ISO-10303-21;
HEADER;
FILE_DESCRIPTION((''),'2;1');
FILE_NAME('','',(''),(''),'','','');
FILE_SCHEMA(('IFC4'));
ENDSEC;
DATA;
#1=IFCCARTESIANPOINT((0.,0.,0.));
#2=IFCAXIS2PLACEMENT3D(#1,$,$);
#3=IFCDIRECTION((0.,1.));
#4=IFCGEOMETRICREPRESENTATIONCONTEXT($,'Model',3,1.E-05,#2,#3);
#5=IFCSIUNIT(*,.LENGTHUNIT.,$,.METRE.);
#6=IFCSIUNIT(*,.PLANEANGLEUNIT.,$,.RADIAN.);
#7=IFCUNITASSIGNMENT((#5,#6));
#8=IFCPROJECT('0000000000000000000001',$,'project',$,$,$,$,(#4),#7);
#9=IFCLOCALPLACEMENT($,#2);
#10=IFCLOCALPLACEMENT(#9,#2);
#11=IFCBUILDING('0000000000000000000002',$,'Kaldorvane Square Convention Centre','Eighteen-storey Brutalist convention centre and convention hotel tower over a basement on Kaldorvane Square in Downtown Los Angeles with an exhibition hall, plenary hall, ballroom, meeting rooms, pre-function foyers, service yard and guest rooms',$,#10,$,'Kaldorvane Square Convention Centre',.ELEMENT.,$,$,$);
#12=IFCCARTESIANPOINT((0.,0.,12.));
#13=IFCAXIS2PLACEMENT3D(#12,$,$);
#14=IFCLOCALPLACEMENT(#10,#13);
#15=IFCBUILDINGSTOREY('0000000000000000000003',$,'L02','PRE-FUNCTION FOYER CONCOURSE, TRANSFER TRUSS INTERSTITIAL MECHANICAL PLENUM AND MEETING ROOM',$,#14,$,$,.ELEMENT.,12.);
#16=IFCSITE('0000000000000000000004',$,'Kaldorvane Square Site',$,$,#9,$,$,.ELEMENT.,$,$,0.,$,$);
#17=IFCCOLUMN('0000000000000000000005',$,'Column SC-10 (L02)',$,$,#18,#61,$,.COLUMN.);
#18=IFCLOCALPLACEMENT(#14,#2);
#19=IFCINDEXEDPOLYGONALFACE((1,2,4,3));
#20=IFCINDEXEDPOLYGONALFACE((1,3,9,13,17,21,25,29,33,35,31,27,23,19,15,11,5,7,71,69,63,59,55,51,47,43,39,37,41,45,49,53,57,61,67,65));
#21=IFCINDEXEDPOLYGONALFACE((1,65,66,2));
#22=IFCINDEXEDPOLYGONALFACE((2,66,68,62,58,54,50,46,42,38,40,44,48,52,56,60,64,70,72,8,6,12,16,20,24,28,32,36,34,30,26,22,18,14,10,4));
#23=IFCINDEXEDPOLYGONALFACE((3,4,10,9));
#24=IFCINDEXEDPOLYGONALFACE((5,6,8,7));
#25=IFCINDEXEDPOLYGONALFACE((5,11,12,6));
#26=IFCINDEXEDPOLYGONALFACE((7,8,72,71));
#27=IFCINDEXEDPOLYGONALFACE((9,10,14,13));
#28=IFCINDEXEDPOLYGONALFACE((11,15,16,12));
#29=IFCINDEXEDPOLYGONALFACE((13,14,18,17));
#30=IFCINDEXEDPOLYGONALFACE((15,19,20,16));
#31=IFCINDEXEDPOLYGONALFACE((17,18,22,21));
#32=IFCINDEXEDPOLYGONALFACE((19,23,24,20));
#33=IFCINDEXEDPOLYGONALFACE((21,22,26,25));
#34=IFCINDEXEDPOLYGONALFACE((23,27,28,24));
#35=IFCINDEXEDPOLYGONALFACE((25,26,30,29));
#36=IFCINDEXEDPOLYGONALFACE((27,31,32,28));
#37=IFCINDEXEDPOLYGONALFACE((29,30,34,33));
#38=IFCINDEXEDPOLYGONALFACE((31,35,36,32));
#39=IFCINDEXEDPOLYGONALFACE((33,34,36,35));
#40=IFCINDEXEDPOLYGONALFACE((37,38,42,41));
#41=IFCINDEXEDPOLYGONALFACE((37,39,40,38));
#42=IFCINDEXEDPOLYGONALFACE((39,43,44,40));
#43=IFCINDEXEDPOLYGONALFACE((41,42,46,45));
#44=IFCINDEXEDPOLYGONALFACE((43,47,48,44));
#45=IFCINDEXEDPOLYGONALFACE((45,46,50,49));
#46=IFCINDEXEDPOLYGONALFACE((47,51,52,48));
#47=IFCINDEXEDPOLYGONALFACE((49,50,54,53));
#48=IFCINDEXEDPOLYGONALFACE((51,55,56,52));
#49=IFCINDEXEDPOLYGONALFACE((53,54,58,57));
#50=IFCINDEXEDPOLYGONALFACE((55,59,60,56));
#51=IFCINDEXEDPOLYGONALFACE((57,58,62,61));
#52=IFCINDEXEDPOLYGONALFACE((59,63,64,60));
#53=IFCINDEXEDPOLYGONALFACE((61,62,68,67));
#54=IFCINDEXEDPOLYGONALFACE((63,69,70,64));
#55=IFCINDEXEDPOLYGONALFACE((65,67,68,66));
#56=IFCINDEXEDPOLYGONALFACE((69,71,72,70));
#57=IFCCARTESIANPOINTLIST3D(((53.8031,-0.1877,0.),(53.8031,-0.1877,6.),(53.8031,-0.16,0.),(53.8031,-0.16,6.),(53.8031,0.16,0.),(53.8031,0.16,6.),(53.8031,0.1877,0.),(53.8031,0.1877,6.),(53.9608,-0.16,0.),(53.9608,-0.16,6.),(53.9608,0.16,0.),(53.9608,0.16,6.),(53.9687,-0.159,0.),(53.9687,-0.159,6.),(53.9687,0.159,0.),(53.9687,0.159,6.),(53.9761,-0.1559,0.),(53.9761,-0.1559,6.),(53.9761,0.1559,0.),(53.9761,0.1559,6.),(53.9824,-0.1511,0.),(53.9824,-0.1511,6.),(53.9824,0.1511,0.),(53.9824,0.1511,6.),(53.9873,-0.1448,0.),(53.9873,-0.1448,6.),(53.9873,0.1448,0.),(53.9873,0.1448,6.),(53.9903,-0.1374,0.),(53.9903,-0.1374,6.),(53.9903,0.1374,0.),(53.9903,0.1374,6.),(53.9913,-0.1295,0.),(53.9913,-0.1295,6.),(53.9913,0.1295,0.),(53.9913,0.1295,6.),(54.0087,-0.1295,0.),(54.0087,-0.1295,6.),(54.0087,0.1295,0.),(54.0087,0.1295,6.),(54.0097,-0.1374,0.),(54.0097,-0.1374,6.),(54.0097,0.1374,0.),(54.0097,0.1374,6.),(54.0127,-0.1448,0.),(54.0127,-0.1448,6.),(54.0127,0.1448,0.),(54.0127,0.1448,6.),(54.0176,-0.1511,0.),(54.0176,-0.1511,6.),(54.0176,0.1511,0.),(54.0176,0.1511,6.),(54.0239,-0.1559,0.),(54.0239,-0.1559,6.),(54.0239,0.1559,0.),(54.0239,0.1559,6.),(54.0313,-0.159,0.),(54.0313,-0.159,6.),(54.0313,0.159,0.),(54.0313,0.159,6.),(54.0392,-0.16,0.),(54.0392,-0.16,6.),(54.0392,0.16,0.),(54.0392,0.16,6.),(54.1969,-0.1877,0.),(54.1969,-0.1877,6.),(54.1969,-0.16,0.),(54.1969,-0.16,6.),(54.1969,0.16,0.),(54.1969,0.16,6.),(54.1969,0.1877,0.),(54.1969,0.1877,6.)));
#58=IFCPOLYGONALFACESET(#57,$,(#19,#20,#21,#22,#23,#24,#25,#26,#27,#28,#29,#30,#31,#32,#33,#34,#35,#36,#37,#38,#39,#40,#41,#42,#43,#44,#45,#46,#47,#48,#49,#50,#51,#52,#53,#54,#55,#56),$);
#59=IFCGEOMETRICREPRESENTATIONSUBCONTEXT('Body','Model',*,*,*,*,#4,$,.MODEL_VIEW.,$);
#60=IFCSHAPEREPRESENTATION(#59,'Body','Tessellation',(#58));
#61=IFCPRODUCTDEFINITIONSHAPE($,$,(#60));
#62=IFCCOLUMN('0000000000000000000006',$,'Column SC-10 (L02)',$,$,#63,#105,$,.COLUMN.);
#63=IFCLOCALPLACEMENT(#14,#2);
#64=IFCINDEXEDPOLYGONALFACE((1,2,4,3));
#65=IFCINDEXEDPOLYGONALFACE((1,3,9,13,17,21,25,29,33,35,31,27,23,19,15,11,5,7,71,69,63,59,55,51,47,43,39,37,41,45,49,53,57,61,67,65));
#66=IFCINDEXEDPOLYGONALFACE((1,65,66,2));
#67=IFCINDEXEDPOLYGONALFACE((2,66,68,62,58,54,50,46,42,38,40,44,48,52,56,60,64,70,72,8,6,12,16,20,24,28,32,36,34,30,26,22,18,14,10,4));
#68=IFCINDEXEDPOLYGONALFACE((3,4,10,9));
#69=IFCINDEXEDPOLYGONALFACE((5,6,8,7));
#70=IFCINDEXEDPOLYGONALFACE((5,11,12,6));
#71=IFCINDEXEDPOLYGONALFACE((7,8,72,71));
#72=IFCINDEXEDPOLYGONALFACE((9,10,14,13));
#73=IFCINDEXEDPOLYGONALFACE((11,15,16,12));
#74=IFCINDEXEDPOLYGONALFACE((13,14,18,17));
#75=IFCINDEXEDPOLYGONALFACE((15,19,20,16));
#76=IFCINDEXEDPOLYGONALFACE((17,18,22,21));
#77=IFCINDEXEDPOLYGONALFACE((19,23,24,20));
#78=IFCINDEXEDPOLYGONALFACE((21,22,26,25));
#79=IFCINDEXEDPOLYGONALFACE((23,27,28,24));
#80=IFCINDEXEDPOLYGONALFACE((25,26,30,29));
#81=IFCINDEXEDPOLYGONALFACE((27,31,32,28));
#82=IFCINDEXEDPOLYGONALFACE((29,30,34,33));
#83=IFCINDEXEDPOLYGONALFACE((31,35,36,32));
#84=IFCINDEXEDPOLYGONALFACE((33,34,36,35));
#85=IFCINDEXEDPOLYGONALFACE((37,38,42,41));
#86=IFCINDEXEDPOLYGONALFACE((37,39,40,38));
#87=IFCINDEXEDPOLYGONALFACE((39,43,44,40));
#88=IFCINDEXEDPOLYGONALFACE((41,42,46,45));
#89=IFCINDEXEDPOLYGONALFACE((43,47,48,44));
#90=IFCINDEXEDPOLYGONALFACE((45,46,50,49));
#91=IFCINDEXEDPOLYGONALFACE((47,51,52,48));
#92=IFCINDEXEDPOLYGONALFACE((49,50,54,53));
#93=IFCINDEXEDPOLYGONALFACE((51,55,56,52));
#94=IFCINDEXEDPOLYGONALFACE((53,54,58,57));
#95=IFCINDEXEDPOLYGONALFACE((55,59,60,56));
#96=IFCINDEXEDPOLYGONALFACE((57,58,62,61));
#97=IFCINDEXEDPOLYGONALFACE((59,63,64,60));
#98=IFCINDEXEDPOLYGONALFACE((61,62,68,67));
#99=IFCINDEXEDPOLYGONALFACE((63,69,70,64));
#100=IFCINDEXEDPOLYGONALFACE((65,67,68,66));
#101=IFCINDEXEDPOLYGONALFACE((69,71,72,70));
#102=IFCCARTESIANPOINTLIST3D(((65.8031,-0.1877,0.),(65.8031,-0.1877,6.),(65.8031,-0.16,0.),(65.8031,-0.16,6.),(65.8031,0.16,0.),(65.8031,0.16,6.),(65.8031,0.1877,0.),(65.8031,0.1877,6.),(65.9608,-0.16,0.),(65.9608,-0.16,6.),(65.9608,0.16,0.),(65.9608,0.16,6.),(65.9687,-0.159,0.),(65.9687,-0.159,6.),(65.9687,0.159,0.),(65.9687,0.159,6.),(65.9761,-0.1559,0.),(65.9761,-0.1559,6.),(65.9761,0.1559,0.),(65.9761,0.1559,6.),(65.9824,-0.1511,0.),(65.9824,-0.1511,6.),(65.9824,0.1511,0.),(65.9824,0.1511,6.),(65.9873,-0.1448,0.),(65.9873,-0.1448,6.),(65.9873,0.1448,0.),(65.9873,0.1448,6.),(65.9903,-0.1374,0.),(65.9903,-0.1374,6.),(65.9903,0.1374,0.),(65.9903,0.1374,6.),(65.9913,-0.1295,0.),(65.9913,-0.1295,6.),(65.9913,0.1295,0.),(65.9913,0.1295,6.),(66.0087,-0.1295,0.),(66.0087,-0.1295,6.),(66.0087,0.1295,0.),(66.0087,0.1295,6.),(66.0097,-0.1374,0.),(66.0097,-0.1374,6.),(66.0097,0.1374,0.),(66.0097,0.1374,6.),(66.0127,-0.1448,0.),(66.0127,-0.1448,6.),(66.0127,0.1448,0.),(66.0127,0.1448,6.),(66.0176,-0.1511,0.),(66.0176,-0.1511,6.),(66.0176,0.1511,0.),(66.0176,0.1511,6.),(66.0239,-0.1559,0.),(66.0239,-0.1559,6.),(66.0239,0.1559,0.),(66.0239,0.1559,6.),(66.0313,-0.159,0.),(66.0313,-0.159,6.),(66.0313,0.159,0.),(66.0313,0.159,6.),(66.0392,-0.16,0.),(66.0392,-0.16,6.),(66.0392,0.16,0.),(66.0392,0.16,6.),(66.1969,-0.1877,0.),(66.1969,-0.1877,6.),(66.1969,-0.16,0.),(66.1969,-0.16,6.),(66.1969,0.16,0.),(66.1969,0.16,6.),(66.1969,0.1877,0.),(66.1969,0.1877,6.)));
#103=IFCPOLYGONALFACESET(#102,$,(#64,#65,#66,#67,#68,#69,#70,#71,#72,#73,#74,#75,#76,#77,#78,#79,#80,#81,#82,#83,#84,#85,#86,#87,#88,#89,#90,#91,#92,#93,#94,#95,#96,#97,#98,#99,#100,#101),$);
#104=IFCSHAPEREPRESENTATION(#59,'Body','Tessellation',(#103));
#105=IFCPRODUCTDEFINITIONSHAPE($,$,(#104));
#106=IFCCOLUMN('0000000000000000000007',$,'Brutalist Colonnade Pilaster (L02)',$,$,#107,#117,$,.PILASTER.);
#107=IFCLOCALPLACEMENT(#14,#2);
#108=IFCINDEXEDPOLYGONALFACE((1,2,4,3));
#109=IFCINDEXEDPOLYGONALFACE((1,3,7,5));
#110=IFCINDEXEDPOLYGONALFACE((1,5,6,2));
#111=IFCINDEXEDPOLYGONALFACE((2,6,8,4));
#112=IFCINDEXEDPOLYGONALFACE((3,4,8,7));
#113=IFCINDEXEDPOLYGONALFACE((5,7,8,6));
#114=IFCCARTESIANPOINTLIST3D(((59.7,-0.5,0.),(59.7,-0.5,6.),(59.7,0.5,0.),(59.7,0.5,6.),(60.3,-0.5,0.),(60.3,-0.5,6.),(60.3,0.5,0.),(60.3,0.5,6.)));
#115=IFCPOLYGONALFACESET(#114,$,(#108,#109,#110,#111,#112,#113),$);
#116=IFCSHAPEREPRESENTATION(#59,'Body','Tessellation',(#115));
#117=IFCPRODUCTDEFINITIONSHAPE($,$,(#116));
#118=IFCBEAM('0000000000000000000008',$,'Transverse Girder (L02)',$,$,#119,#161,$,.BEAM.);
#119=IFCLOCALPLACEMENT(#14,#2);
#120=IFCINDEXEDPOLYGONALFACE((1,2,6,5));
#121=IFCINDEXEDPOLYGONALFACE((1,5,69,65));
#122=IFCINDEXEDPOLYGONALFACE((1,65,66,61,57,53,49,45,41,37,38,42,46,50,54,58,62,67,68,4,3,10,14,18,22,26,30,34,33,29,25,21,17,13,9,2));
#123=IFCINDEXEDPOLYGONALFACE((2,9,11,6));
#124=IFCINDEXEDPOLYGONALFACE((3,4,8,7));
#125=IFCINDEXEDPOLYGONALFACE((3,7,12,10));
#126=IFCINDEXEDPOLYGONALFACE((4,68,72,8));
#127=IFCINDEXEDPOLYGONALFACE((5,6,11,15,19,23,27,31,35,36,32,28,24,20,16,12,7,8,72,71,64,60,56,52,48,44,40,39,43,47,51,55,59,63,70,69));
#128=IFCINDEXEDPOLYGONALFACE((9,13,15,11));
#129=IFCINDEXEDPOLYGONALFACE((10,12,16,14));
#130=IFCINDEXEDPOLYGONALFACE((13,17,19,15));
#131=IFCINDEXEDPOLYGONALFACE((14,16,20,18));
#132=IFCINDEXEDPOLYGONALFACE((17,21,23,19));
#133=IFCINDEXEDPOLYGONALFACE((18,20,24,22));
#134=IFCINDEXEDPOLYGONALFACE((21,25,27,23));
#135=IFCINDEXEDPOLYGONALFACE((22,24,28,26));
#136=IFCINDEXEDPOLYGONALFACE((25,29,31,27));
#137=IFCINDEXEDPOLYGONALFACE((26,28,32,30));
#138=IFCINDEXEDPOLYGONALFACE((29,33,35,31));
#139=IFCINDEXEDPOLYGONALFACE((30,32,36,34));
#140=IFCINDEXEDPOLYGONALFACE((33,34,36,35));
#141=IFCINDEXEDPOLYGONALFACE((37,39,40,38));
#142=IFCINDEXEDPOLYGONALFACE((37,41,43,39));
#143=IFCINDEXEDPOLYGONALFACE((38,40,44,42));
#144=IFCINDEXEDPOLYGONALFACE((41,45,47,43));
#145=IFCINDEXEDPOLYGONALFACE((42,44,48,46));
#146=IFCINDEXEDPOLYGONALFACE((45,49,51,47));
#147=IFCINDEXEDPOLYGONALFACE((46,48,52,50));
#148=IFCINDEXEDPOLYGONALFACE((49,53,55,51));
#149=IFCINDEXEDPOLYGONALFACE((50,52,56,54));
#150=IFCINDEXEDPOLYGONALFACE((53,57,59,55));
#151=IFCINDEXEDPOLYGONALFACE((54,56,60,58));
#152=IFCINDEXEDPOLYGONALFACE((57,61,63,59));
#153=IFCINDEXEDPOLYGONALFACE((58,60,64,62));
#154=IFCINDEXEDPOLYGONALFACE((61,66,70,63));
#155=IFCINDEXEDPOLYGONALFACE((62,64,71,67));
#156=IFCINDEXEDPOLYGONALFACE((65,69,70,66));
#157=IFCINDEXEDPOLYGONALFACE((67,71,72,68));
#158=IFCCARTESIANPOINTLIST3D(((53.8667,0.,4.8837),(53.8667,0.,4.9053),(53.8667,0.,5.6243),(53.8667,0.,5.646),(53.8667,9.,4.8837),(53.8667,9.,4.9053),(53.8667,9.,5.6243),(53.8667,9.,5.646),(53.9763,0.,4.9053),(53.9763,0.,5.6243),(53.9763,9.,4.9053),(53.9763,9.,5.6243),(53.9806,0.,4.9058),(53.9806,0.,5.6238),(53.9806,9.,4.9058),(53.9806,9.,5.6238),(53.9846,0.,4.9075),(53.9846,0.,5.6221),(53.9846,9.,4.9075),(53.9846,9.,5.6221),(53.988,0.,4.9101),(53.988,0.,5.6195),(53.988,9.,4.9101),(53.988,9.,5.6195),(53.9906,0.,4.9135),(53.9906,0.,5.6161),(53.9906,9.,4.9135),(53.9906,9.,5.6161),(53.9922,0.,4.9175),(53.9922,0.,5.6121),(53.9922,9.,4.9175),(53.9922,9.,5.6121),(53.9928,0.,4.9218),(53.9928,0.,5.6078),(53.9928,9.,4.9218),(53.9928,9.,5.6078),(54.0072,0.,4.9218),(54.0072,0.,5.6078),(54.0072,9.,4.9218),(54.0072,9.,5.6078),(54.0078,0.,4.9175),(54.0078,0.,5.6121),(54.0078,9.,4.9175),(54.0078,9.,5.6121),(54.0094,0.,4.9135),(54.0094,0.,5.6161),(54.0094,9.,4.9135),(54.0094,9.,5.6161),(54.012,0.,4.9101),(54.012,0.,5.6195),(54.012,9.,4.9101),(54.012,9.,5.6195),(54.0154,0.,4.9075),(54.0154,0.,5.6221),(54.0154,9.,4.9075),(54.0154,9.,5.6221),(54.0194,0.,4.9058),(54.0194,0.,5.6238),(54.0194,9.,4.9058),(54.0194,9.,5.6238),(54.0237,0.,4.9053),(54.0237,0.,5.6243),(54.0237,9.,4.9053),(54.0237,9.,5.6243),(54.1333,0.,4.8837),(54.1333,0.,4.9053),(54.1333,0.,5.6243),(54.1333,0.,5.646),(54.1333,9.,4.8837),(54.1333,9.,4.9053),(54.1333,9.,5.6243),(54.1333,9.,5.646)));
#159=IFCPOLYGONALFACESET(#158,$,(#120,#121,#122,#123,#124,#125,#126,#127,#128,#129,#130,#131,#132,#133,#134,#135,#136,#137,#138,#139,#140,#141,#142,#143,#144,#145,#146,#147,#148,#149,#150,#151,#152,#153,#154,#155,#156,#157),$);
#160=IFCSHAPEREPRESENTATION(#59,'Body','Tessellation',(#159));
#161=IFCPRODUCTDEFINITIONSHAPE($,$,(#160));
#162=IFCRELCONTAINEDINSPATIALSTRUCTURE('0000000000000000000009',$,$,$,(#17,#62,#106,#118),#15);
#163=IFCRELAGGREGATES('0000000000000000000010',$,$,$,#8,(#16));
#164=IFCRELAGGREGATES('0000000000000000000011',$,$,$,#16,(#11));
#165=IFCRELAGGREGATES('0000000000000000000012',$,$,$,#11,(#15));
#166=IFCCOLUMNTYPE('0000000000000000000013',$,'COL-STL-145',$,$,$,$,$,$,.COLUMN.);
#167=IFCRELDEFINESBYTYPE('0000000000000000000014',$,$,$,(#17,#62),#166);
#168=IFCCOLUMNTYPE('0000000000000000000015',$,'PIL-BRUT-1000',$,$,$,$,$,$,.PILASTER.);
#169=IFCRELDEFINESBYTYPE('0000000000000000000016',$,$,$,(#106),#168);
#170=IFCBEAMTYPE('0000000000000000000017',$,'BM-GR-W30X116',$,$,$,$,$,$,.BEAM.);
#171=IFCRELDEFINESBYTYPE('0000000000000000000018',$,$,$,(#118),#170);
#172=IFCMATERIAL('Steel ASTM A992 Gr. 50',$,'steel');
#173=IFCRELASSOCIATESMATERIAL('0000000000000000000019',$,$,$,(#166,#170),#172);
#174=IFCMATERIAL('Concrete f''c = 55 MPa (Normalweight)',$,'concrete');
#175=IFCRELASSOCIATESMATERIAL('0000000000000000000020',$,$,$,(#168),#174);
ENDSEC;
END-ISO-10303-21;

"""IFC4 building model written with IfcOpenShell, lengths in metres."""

from ifc_helpers import new_model, si_unit, direction, frame, origin, origin_2d, place, context, subcontext, project, spatial, rectangle, i_section, extrude, material, material_profile, profile_set, type_object, element, save


model = new_model("IFC4")

# Units and contexts
model_context = context("Model", 3, precision=1e-05, world=origin(), true_north=direction((0.0, 1.0)))
body_context = subcontext(model_context, "Body", "Model", "MODEL_VIEW")
ifc_project = project(units=[si_unit("LENGTHUNIT", "METRE"), si_unit("PLANEANGLEUNIT", "RADIAN")], contexts=[model_context])

# Site, building, storey
site_placement = place(None, origin())
site = spatial("IfcSite", under=ifc_project, at=site_placement, Name="Kaldorvane Square Site", CompositionType="ELEMENT", RefElevation=0.0)
building_placement = place(site_placement, origin())
building = spatial("IfcBuilding", under=site, at=building_placement, Name="Kaldorvane Square Convention Centre", Description="Eighteen-storey Brutalist convention centre and convention hotel tower over a basement on Kaldorvane Square in Downtown Los Angeles with an exhibition hall, plenary hall, ballroom, meeting rooms, pre-function foyers, service yard and guest rooms", LongName="Kaldorvane Square Convention Centre", CompositionType="ELEMENT")
storey_placement = place(building_placement, frame((0.0, 0.0, 12.0)))
storey = spatial("IfcBuildingStorey", under=building, at=storey_placement, Name="L02", Description="PRE-FUNCTION FOYER CONCOURSE, TRANSFER TRUSS INTERSTITIAL MECHANICAL PLENUM AND MEETING ROOM", CompositionType="ELEMENT", Elevation=12.0)

# Columns
ifc_material_1 = material(Name="Steel ASTM A992 Gr. 50", Category="steel")
ifc_material_profile_1 = material_profile(ifc_material_1, i_section(OverallWidth=0.3937, OverallDepth=0.3754, WebThickness=0.0173, FlangeThickness=0.0277, FilletRadius=0.0305, at=origin_2d()), Name="W14X145")
ifc_profile_set_1 = profile_set([ifc_material_profile_1], Name="Steel ASTM A992 Gr. 50")
column_type_1 = type_object("IfcColumnType", Name="COL-STL-145", PredefinedType="COLUMN", material=ifc_profile_set_1)
for number, where, z_axis, x_axis, name in (
    (1, (54.0, 0.0, 0.0), (0.0, 0.0, 1.0), (1.0, 0.0, 0.0), "Column SC-10 (L02)"),
    (2, (66.0, 0.0, 0.0), (0.0, 0.0, 1.0), (1.0, 0.0, 0.0), "Column SC-10 (L02)"),
):
    element("IfcColumn", number, at=place(storey_placement, frame(where, z_axis=z_axis, x_axis=x_axis)), inside=storey, type_object=column_type_1, Name=name, PredefinedType="COLUMN", context=body_context, shape_type="SweptSolid", body=[
        extrude(i_section(OverallWidth=0.3937, OverallDepth=0.3754, WebThickness=0.0173, FlangeThickness=0.0277, FilletRadius=0.0305, at=origin_2d()), origin(), (0.0, 0.0, 1.0), 6.0),
    ])
ifc_material_2 = material(Name="Concrete f'c = 55 MPa (Normalweight)", Category="concrete")
ifc_material_profile_2 = material_profile(ifc_material_2, rectangle(XDim=0.6, YDim=1.0, at=origin_2d()), Name="PIL1000X600")
ifc_profile_set_2 = profile_set([ifc_material_profile_2], Name="Concrete f'c = 55 MPa (Normalweight)")
column_type_2 = type_object("IfcColumnType", Name="PIL-BRUT-1000", PredefinedType="PILASTER", material=ifc_profile_set_2)
column_placement = place(storey_placement, frame((60.0, 0.0, 0.0), z_axis=(0.0, 0.0, 1.0), x_axis=(1.0, 0.0, 0.0)))
element("IfcColumn", 3, at=column_placement, inside=storey, type_object=column_type_2, Name="Brutalist Colonnade Pilaster (L02)", PredefinedType="PILASTER", context=body_context, shape_type="SweptSolid", body=[
    extrude(rectangle(XDim=0.6, YDim=1.0, at=origin_2d()), origin(), (0.0, 0.0, 1.0), 6.0),
])

# Beam
ifc_material_profile_3 = material_profile(ifc_material_1, i_section(OverallWidth=0.2666, OverallDepth=0.7623, WebThickness=0.0144, FlangeThickness=0.0216, FilletRadius=0.0165, at=origin_2d()), Name="W30X116")
ifc_profile_set_3 = profile_set([ifc_material_profile_3], Name="Steel ASTM A992 Gr. 50")
beam_type_1 = type_object("IfcBeamType", Name="BM-GR-W30X116", PredefinedType="BEAM", material=ifc_profile_set_3)
for number, where, z_axis, x_axis, name in (
    (4, (54.0, 0.0, 5.2648), (0.0, 1.0, 0.0), (-1.0, 0.0, 0.0), "Transverse Girder (L02)"),
):
    element("IfcBeam", number, at=place(storey_placement, frame(where, z_axis=z_axis, x_axis=x_axis)), inside=storey, type_object=beam_type_1, Name=name, PredefinedType="BEAM", context=body_context, shape_type="SweptSolid", body=[
        extrude(i_section(OverallWidth=0.2666, OverallDepth=0.7623, WebThickness=0.0144, FlangeThickness=0.0216, FilletRadius=0.0165, at=origin_2d()), origin(), (0.0, 0.0, 1.0), 9.0),
    ])

save(model, "model.ifc")
